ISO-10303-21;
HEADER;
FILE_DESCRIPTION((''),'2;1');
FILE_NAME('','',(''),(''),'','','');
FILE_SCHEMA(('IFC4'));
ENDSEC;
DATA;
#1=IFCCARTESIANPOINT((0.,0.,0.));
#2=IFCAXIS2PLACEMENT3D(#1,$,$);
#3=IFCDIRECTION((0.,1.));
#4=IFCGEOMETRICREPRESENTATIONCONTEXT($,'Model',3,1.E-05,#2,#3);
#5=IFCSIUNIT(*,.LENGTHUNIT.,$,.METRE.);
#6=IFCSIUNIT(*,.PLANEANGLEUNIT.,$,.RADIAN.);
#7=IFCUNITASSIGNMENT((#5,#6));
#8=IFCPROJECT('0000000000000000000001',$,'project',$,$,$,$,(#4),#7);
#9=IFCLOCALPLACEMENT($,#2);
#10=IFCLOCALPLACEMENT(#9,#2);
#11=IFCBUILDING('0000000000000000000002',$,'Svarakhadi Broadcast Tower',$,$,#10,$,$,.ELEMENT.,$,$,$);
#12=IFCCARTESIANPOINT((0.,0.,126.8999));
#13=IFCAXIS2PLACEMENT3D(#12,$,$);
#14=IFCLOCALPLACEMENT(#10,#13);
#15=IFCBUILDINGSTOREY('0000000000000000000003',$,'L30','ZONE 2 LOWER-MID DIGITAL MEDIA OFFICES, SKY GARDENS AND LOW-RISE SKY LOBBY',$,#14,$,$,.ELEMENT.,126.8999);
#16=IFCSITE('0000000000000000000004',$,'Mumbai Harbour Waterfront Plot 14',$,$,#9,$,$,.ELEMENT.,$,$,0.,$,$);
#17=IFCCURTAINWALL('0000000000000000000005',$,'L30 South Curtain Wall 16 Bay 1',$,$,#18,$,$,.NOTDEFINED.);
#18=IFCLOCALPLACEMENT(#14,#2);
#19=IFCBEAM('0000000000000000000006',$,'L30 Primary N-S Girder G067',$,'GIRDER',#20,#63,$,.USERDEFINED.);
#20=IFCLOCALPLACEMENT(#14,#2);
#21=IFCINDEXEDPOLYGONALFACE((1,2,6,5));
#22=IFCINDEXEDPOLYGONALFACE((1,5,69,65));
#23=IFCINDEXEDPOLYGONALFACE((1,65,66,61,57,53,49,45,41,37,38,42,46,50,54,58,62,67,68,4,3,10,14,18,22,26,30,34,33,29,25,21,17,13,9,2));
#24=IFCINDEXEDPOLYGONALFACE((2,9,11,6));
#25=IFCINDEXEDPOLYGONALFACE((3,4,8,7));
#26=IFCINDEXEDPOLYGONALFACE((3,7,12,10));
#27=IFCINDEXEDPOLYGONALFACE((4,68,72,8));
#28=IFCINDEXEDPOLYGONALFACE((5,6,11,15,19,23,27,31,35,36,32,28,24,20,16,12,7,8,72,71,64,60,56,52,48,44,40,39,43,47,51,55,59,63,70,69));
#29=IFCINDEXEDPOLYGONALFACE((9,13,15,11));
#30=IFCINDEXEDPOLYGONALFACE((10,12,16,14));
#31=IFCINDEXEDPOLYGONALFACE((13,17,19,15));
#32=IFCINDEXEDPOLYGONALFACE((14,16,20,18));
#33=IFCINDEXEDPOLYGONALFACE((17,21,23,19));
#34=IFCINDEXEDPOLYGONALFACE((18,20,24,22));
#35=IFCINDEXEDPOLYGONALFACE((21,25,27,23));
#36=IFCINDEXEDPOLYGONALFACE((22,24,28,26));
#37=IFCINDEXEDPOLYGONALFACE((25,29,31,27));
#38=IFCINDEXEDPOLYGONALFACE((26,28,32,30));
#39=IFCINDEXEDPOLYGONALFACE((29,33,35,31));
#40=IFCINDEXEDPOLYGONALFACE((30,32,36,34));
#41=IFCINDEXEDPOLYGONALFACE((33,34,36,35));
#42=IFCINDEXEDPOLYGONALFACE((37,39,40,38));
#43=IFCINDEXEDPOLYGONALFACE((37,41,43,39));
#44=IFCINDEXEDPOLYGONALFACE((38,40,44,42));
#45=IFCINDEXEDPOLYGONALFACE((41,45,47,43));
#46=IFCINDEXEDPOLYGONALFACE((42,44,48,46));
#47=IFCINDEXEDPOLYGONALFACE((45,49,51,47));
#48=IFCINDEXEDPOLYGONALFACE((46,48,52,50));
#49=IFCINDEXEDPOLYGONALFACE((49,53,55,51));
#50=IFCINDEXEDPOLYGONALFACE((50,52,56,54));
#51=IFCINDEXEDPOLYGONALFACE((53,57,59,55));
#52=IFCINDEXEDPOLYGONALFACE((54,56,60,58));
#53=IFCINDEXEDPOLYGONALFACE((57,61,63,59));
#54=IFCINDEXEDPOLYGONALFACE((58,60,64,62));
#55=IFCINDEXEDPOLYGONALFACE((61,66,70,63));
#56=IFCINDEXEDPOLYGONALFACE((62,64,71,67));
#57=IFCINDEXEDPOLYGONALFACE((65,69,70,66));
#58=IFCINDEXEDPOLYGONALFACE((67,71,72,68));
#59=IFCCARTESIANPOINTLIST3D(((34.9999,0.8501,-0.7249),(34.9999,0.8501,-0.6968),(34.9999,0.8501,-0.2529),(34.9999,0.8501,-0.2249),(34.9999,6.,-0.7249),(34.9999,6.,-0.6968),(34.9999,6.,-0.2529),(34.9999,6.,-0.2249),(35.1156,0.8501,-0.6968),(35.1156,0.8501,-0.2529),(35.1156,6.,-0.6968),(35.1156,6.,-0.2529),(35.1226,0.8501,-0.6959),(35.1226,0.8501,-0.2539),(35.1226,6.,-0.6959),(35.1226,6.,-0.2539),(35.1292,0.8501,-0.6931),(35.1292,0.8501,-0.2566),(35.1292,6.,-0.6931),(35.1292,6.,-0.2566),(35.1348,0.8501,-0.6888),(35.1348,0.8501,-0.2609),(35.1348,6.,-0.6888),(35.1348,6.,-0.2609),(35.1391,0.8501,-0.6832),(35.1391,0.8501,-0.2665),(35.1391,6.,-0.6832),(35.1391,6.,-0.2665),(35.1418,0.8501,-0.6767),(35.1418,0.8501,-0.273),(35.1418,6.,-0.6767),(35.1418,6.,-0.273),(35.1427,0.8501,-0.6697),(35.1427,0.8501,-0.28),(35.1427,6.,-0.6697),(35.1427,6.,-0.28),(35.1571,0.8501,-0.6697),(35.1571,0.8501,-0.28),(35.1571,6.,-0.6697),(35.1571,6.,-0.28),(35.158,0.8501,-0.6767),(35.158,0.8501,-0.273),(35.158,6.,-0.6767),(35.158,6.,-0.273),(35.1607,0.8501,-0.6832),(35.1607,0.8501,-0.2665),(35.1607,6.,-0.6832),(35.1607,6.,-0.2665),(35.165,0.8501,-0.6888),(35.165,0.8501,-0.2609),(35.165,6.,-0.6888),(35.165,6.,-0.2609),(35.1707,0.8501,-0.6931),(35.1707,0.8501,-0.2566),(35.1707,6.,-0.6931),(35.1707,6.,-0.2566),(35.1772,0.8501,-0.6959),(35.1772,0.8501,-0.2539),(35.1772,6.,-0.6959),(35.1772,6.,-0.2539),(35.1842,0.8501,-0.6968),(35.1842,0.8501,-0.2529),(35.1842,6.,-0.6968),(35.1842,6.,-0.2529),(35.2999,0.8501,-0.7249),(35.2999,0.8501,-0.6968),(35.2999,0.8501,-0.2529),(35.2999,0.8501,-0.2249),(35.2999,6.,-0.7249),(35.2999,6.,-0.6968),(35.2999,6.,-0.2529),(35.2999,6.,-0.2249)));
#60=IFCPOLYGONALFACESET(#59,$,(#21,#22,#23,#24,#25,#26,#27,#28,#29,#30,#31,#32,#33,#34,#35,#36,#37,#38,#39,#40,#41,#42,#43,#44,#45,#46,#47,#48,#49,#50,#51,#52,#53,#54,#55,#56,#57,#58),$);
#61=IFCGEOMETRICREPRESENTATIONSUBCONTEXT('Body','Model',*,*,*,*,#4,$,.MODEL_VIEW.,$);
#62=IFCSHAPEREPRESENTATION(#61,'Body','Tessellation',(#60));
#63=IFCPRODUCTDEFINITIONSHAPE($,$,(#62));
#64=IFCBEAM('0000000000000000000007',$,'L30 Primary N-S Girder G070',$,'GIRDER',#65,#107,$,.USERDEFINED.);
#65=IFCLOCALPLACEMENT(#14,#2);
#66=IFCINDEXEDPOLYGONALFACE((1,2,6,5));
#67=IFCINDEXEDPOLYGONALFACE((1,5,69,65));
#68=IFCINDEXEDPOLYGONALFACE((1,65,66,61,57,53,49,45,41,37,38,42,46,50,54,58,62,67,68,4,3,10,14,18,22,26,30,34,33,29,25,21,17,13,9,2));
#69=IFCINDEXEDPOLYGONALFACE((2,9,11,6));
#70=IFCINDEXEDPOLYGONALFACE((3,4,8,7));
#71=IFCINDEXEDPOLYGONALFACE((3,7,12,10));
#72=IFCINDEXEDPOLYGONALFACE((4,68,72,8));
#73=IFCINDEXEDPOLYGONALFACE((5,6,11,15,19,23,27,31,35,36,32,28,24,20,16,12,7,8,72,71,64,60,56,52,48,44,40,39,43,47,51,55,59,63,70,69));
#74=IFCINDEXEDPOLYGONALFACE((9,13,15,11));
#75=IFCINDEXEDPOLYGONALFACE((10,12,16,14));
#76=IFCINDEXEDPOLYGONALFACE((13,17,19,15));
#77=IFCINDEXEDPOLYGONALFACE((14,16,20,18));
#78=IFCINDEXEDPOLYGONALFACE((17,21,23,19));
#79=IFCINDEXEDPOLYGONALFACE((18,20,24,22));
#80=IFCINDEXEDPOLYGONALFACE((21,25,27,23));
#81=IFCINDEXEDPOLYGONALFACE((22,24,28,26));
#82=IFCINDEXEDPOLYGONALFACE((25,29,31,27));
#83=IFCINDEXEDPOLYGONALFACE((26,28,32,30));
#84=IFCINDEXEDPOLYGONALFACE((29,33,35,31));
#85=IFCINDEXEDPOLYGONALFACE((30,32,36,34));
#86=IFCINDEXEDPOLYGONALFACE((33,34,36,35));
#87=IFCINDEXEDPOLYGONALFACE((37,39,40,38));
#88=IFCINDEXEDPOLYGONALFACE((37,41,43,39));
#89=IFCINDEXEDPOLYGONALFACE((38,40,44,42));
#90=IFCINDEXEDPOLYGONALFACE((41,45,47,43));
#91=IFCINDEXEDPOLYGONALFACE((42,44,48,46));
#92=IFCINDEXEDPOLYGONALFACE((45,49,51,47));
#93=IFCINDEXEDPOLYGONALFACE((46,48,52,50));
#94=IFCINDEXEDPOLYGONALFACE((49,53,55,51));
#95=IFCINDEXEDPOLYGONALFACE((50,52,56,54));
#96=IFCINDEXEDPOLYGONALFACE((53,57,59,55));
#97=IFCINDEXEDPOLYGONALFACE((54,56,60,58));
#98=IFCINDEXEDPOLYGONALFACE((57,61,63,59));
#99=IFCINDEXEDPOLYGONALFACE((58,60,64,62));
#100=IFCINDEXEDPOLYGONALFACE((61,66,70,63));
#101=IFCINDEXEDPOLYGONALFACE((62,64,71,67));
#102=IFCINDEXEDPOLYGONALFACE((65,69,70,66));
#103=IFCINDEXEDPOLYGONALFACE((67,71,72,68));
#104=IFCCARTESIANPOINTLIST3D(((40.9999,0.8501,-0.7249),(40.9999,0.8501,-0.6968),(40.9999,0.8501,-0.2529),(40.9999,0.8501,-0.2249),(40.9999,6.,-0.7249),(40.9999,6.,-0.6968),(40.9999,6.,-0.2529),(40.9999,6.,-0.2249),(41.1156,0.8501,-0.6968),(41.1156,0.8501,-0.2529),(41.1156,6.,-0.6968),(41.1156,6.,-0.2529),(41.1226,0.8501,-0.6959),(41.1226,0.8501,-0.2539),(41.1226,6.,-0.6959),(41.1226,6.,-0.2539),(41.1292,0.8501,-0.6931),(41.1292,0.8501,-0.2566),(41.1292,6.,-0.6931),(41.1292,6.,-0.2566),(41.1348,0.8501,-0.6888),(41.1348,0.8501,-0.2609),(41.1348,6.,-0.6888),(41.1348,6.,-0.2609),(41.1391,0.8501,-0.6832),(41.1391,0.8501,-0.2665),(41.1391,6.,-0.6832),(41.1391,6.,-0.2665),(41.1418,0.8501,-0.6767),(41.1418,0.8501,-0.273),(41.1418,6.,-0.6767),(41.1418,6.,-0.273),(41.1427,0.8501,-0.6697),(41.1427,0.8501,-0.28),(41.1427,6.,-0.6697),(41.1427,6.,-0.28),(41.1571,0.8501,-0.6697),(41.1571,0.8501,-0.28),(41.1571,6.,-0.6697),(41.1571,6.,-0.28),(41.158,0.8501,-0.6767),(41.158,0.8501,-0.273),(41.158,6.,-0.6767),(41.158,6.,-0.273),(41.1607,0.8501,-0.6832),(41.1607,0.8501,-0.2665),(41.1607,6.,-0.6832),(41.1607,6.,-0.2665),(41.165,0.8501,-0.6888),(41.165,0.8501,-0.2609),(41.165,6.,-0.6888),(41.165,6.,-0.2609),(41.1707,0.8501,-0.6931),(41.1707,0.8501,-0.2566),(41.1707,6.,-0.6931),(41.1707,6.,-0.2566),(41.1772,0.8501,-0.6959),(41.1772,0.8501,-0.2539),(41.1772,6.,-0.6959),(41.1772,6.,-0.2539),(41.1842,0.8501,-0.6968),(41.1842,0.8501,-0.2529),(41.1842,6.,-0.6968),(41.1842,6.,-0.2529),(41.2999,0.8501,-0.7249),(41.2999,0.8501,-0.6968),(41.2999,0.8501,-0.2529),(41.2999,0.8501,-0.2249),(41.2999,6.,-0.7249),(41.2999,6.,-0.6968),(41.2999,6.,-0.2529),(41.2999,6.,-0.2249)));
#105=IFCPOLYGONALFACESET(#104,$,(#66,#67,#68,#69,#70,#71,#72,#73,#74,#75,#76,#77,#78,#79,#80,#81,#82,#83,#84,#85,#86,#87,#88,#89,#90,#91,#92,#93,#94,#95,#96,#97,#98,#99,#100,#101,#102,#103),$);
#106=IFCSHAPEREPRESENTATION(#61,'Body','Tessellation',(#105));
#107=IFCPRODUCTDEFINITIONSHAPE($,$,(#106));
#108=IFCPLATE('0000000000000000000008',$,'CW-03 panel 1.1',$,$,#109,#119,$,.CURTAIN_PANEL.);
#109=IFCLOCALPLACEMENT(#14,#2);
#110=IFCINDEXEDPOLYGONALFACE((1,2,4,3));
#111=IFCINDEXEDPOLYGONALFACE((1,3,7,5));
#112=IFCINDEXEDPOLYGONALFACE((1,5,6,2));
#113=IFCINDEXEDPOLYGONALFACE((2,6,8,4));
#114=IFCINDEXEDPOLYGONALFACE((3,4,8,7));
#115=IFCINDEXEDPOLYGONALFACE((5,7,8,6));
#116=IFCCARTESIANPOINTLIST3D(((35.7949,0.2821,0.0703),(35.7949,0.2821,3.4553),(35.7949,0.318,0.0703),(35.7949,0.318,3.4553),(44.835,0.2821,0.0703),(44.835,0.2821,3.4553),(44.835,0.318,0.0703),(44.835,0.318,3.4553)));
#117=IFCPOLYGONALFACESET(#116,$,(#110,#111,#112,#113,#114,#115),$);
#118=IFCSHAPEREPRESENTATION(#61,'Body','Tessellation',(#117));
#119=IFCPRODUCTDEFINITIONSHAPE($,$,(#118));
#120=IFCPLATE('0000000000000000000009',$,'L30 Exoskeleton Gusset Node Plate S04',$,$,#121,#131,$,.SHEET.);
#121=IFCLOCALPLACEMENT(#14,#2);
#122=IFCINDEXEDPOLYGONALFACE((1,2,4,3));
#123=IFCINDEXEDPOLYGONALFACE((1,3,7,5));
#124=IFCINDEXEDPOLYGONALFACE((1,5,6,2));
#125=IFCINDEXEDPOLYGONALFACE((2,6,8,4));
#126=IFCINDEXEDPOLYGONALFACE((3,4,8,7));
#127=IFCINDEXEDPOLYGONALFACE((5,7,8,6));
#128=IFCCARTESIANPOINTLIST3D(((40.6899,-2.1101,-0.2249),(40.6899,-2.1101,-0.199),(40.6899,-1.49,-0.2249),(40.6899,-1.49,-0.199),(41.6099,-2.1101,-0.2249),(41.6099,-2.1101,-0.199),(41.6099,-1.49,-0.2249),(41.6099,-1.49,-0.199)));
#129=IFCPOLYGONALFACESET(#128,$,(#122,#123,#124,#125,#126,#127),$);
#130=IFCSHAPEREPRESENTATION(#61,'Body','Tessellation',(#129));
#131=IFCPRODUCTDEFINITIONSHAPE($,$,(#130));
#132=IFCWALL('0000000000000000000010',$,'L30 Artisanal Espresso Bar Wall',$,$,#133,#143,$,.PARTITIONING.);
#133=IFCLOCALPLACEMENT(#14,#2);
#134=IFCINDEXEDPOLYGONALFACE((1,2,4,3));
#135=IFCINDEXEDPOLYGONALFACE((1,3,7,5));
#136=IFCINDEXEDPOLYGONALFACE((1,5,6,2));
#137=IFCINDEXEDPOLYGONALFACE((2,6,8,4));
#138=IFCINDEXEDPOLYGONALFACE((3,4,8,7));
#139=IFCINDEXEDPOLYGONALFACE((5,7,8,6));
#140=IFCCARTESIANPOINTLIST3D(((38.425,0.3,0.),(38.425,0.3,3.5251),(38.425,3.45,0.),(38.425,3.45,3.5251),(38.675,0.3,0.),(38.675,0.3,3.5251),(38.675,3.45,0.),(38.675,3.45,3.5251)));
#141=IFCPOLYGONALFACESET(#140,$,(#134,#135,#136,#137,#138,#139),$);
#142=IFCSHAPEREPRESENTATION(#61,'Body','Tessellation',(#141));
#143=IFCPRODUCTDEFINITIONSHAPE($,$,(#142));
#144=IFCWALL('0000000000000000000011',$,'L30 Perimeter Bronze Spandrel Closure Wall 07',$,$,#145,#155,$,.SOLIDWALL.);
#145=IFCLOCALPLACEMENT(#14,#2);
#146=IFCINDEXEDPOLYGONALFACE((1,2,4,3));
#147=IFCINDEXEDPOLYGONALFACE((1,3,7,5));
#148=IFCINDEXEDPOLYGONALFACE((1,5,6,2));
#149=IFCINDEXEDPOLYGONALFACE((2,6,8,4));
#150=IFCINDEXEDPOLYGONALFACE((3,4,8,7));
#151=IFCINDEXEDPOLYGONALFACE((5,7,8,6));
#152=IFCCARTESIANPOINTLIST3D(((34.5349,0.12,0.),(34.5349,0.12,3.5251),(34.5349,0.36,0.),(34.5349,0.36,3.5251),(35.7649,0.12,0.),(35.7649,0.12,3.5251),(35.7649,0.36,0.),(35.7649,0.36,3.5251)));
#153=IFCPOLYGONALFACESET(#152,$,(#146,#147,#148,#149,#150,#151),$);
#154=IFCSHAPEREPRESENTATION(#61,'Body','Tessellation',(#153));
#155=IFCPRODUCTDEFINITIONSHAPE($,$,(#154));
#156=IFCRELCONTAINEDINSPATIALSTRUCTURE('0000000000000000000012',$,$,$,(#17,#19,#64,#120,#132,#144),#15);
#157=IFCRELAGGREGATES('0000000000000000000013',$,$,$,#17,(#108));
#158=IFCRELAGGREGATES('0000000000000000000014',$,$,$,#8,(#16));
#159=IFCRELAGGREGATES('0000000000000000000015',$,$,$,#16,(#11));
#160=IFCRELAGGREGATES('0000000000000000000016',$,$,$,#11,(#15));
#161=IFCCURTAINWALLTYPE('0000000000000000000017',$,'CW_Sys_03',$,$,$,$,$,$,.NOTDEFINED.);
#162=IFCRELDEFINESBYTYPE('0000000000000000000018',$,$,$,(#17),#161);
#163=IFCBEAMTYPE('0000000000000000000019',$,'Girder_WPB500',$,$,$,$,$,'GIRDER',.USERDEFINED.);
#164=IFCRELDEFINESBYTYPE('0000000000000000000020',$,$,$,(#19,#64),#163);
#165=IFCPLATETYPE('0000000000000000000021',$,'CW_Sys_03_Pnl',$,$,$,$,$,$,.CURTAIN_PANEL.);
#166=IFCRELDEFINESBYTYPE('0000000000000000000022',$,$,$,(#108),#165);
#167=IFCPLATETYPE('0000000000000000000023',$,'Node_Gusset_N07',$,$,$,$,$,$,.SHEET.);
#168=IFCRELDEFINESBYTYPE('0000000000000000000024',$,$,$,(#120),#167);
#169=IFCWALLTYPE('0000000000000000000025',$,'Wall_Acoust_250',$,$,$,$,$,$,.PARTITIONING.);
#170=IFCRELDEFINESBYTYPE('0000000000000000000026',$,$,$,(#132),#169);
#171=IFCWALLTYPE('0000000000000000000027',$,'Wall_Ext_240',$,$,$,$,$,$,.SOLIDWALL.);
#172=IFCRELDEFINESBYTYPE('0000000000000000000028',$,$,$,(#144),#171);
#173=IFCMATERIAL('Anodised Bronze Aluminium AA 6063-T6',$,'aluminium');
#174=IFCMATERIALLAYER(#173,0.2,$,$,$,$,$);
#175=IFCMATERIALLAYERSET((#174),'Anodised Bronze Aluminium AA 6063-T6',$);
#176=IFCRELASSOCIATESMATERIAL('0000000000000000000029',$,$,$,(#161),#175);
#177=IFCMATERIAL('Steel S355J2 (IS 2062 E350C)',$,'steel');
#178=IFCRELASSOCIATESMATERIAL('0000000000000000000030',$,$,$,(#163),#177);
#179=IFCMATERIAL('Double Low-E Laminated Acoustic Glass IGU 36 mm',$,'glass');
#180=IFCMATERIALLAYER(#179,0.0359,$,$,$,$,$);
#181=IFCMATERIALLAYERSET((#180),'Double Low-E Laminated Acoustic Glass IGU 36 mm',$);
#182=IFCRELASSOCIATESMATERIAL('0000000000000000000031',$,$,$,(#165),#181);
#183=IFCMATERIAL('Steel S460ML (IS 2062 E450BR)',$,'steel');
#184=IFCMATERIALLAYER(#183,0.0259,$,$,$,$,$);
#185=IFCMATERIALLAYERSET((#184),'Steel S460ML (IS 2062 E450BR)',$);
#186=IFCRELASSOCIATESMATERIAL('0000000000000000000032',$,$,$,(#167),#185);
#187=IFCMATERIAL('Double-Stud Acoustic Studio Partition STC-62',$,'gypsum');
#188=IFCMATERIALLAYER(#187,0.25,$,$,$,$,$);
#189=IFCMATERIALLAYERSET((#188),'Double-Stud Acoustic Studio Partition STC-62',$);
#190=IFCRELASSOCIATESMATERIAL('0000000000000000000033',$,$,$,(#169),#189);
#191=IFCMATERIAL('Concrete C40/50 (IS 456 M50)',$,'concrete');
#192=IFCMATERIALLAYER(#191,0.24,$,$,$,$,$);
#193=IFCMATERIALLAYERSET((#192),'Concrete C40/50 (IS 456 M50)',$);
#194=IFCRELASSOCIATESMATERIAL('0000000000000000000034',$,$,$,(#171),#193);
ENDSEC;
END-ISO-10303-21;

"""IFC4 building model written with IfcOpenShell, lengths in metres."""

from ifc_helpers import new_model, si_unit, direction, frame, frame_2d, origin, origin_2d, place, context, subcontext, project, spatial, rectangle, i_section, extrude, material, layer, layer_set, material_profile, profile_set, type_object, element, aggregate, save


model = new_model("IFC4")

# Units and contexts
model_context = context("Model", 3, precision=1e-05, world=origin(), true_north=direction((0.0, 1.0)))
body_context = subcontext(model_context, "Body", "Model", "MODEL_VIEW")
ifc_project = project(units=[si_unit("LENGTHUNIT", "METRE"), si_unit("PLANEANGLEUNIT", "RADIAN")], contexts=[model_context])

# Site, building, storey
site_placement = place(None, origin())
site = spatial("IfcSite", under=ifc_project, at=site_placement, Name="Mumbai Harbour Waterfront Plot 14", CompositionType="ELEMENT", RefElevation=0.0)
building_placement = place(site_placement, origin())
building = spatial("IfcBuilding", under=site, at=building_placement, Name="Svarakhadi Broadcast Tower", CompositionType="ELEMENT")
storey_placement = place(building_placement, frame((0.0, 0.0, 126.8999)))
storey = spatial("IfcBuildingStorey", under=building, at=storey_placement, Name="L30", Description="ZONE 2 LOWER-MID DIGITAL MEDIA OFFICES, SKY GARDENS AND LOW-RISE SKY LOBBY", CompositionType="ELEMENT", Elevation=126.8999)

# Shared definitions
ifc_material_1 = material(Name="Steel S460ML (IS 2062 E450BR)", Category="steel")

# Curtain wall
ifc_material_2 = material(Name="Anodised Bronze Aluminium AA 6063-T6", Category="aluminium")
ifc_layer_1 = layer(ifc_material_2, 0.2)
ifc_layer_set_1 = layer_set([ifc_layer_1], Name="Anodised Bronze Aluminium AA 6063-T6")
curtain_wall_type = type_object("IfcCurtainWallType", Name="CW_Sys_03", PredefinedType="NOTDEFINED", material=ifc_layer_set_1)
curtain_wall_1_placement = place(storey_placement, origin())
curtain_wall_1 = element("IfcCurtainWall", 1, at=curtain_wall_1_placement, inside=storey, type_object=curtain_wall_type, Name="L30 South Curtain Wall 16 Bay 1", PredefinedType="NOTDEFINED")

# Beams
ifc_material_3 = material(Name="Steel S355J2 (IS 2062 E350C)", Category="steel")
ifc_material_profile_1 = material_profile(ifc_material_3, i_section(OverallWidth=0.3, OverallDepth=0.5, WebThickness=0.0144, FlangeThickness=0.0281, FilletRadius=0.0271, at=origin_2d()), Name="WPB 500x300x187")
ifc_profile_set_1 = profile_set([ifc_material_profile_1], Name="Steel S355J2 (IS 2062 E350C)")
beam_type = type_object("IfcBeamType", Name="Girder_WPB500", ElementType="GIRDER", PredefinedType="USERDEFINED", material=ifc_profile_set_1)
for number, where, z_axis, x_axis, name in (
    (2, (35.1499, 0.8501, -0.4749), (0.0, 1.0, 0.0), (-1.0, 0.0, 0.0), "L30 Primary N-S Girder G067"),
    (3, (41.1499, 0.8501, -0.4749), (0.0, 1.0, 0.0), (-1.0, 0.0, 0.0), "L30 Primary N-S Girder G070"),
):
    element("IfcBeam", number, at=place(storey_placement, frame(where, z_axis=z_axis, x_axis=x_axis)), inside=storey, type_object=beam_type, Name=name, ObjectType="GIRDER", PredefinedType="USERDEFINED", context=body_context, shape_type="SweptSolid", body=[
        extrude(i_section(OverallWidth=0.3, OverallDepth=0.5, WebThickness=0.0144, FlangeThickness=0.0281, FilletRadius=0.0271, at=origin_2d()), origin(), (0.0, 0.0, 1.0), 5.1499),
    ])

# Plates
ifc_material_4 = material(Name="Double Low-E Laminated Acoustic Glass IGU 36 mm", Category="glass")
ifc_layer_2 = layer(ifc_material_4, 0.0359)
ifc_layer_set_2 = layer_set([ifc_layer_2], Name="Double Low-E Laminated Acoustic Glass IGU 36 mm")
plate_type_1 = type_object("IfcPlateType", Name="CW_Sys_03_Pnl", PredefinedType="CURTAIN_PANEL", material=ifc_layer_set_2)
plate_1_placement = place(storey_placement, frame((40.3149, 0.3, 0.0703), z_axis=(0.0, 0.0, 1.0), x_axis=(-1.0, 0.0, 0.0)))
plate_1 = element("IfcPlate", 4, at=plate_1_placement, type_object=plate_type_1, Name="CW-03 panel 1.1", PredefinedType="CURTAIN_PANEL", context=body_context, shape_type="SweptSolid", body=[
    extrude(rectangle(XDim=9.04, YDim=0.0359, at=origin_2d()), origin(), (0.0, 0.0, 1.0), 3.385),
])
aggregate(curtain_wall_1, [plate_1])
ifc_layer_3 = layer(ifc_material_1, 0.0259)
ifc_layer_set_3 = layer_set([ifc_layer_3], Name="Steel S460ML (IS 2062 E450BR)")
plate_type_2 = type_object("IfcPlateType", Name="Node_Gusset_N07", PredefinedType="SHEET", material=ifc_layer_set_3)
plate_2_placement = place(storey_placement, frame((41.1499, -1.8, -0.2249), z_axis=(0.0, 0.0, 1.0), x_axis=(1.0, 0.0, 0.0)))
element("IfcPlate", 5, at=plate_2_placement, inside=storey, type_object=plate_type_2, Name="L30 Exoskeleton Gusset Node Plate S04", PredefinedType="SHEET", context=body_context, shape_type="SweptSolid", body=[
    extrude(rectangle(XDim=0.9199, YDim=0.6201, at=origin_2d()), origin(), (0.0, 0.0, 1.0), 0.0259),
])

# Walls
ifc_material_5 = material(Name="Double-Stud Acoustic Studio Partition STC-62", Category="gypsum")
ifc_layer_4 = layer(ifc_material_5, 0.25)
ifc_layer_set_4 = layer_set([ifc_layer_4], Name="Double-Stud Acoustic Studio Partition STC-62")
wall_type_1 = type_object("IfcWallType", Name="Wall_Acoust_250", PredefinedType="PARTITIONING", material=ifc_layer_set_4)
wall_1_placement = place(storey_placement, frame((38.55, 0.3, 0.0), z_axis=(0.0, 0.0, 1.0), x_axis=(0.0, 1.0, 0.0)))
element("IfcWall", 6, at=wall_1_placement, inside=storey, type_object=wall_type_1, Name="L30 Artisanal Espresso Bar Wall", PredefinedType="PARTITIONING", context=body_context, shape_type="SweptSolid", body=[
    extrude(rectangle(XDim=3.1499, YDim=0.25, at=frame_2d((1.575, 0.0))), origin(), (0.0, 0.0, 1.0), 3.5251),
])
ifc_material_6 = material(Name="Concrete C40/50 (IS 456 M50)", Category="concrete")
ifc_layer_5 = layer(ifc_material_6, 0.24)
ifc_layer_set_5 = layer_set([ifc_layer_5], Name="Concrete C40/50 (IS 456 M50)")
wall_type_2 = type_object("IfcWallType", Name="Wall_Ext_240", PredefinedType="SOLIDWALL", material=ifc_layer_set_5)
wall_2_placement = place(storey_placement, frame((35.7649, 0.24, 0.0), z_axis=(0.0, 0.0, 1.0), x_axis=(-1.0, 0.0, 0.0)))
element("IfcWall", 7, at=wall_2_placement, inside=storey, type_object=wall_type_2, Name="L30 Perimeter Bronze Spandrel Closure Wall 07", PredefinedType="SOLIDWALL", context=body_context, shape_type="SweptSolid", body=[
    extrude(rectangle(XDim=1.23, YDim=0.24, at=frame_2d((0.615, 0.0))), origin(), (0.0, 0.0, 1.0), 3.5251),
])

save(model, "model.ifc")
